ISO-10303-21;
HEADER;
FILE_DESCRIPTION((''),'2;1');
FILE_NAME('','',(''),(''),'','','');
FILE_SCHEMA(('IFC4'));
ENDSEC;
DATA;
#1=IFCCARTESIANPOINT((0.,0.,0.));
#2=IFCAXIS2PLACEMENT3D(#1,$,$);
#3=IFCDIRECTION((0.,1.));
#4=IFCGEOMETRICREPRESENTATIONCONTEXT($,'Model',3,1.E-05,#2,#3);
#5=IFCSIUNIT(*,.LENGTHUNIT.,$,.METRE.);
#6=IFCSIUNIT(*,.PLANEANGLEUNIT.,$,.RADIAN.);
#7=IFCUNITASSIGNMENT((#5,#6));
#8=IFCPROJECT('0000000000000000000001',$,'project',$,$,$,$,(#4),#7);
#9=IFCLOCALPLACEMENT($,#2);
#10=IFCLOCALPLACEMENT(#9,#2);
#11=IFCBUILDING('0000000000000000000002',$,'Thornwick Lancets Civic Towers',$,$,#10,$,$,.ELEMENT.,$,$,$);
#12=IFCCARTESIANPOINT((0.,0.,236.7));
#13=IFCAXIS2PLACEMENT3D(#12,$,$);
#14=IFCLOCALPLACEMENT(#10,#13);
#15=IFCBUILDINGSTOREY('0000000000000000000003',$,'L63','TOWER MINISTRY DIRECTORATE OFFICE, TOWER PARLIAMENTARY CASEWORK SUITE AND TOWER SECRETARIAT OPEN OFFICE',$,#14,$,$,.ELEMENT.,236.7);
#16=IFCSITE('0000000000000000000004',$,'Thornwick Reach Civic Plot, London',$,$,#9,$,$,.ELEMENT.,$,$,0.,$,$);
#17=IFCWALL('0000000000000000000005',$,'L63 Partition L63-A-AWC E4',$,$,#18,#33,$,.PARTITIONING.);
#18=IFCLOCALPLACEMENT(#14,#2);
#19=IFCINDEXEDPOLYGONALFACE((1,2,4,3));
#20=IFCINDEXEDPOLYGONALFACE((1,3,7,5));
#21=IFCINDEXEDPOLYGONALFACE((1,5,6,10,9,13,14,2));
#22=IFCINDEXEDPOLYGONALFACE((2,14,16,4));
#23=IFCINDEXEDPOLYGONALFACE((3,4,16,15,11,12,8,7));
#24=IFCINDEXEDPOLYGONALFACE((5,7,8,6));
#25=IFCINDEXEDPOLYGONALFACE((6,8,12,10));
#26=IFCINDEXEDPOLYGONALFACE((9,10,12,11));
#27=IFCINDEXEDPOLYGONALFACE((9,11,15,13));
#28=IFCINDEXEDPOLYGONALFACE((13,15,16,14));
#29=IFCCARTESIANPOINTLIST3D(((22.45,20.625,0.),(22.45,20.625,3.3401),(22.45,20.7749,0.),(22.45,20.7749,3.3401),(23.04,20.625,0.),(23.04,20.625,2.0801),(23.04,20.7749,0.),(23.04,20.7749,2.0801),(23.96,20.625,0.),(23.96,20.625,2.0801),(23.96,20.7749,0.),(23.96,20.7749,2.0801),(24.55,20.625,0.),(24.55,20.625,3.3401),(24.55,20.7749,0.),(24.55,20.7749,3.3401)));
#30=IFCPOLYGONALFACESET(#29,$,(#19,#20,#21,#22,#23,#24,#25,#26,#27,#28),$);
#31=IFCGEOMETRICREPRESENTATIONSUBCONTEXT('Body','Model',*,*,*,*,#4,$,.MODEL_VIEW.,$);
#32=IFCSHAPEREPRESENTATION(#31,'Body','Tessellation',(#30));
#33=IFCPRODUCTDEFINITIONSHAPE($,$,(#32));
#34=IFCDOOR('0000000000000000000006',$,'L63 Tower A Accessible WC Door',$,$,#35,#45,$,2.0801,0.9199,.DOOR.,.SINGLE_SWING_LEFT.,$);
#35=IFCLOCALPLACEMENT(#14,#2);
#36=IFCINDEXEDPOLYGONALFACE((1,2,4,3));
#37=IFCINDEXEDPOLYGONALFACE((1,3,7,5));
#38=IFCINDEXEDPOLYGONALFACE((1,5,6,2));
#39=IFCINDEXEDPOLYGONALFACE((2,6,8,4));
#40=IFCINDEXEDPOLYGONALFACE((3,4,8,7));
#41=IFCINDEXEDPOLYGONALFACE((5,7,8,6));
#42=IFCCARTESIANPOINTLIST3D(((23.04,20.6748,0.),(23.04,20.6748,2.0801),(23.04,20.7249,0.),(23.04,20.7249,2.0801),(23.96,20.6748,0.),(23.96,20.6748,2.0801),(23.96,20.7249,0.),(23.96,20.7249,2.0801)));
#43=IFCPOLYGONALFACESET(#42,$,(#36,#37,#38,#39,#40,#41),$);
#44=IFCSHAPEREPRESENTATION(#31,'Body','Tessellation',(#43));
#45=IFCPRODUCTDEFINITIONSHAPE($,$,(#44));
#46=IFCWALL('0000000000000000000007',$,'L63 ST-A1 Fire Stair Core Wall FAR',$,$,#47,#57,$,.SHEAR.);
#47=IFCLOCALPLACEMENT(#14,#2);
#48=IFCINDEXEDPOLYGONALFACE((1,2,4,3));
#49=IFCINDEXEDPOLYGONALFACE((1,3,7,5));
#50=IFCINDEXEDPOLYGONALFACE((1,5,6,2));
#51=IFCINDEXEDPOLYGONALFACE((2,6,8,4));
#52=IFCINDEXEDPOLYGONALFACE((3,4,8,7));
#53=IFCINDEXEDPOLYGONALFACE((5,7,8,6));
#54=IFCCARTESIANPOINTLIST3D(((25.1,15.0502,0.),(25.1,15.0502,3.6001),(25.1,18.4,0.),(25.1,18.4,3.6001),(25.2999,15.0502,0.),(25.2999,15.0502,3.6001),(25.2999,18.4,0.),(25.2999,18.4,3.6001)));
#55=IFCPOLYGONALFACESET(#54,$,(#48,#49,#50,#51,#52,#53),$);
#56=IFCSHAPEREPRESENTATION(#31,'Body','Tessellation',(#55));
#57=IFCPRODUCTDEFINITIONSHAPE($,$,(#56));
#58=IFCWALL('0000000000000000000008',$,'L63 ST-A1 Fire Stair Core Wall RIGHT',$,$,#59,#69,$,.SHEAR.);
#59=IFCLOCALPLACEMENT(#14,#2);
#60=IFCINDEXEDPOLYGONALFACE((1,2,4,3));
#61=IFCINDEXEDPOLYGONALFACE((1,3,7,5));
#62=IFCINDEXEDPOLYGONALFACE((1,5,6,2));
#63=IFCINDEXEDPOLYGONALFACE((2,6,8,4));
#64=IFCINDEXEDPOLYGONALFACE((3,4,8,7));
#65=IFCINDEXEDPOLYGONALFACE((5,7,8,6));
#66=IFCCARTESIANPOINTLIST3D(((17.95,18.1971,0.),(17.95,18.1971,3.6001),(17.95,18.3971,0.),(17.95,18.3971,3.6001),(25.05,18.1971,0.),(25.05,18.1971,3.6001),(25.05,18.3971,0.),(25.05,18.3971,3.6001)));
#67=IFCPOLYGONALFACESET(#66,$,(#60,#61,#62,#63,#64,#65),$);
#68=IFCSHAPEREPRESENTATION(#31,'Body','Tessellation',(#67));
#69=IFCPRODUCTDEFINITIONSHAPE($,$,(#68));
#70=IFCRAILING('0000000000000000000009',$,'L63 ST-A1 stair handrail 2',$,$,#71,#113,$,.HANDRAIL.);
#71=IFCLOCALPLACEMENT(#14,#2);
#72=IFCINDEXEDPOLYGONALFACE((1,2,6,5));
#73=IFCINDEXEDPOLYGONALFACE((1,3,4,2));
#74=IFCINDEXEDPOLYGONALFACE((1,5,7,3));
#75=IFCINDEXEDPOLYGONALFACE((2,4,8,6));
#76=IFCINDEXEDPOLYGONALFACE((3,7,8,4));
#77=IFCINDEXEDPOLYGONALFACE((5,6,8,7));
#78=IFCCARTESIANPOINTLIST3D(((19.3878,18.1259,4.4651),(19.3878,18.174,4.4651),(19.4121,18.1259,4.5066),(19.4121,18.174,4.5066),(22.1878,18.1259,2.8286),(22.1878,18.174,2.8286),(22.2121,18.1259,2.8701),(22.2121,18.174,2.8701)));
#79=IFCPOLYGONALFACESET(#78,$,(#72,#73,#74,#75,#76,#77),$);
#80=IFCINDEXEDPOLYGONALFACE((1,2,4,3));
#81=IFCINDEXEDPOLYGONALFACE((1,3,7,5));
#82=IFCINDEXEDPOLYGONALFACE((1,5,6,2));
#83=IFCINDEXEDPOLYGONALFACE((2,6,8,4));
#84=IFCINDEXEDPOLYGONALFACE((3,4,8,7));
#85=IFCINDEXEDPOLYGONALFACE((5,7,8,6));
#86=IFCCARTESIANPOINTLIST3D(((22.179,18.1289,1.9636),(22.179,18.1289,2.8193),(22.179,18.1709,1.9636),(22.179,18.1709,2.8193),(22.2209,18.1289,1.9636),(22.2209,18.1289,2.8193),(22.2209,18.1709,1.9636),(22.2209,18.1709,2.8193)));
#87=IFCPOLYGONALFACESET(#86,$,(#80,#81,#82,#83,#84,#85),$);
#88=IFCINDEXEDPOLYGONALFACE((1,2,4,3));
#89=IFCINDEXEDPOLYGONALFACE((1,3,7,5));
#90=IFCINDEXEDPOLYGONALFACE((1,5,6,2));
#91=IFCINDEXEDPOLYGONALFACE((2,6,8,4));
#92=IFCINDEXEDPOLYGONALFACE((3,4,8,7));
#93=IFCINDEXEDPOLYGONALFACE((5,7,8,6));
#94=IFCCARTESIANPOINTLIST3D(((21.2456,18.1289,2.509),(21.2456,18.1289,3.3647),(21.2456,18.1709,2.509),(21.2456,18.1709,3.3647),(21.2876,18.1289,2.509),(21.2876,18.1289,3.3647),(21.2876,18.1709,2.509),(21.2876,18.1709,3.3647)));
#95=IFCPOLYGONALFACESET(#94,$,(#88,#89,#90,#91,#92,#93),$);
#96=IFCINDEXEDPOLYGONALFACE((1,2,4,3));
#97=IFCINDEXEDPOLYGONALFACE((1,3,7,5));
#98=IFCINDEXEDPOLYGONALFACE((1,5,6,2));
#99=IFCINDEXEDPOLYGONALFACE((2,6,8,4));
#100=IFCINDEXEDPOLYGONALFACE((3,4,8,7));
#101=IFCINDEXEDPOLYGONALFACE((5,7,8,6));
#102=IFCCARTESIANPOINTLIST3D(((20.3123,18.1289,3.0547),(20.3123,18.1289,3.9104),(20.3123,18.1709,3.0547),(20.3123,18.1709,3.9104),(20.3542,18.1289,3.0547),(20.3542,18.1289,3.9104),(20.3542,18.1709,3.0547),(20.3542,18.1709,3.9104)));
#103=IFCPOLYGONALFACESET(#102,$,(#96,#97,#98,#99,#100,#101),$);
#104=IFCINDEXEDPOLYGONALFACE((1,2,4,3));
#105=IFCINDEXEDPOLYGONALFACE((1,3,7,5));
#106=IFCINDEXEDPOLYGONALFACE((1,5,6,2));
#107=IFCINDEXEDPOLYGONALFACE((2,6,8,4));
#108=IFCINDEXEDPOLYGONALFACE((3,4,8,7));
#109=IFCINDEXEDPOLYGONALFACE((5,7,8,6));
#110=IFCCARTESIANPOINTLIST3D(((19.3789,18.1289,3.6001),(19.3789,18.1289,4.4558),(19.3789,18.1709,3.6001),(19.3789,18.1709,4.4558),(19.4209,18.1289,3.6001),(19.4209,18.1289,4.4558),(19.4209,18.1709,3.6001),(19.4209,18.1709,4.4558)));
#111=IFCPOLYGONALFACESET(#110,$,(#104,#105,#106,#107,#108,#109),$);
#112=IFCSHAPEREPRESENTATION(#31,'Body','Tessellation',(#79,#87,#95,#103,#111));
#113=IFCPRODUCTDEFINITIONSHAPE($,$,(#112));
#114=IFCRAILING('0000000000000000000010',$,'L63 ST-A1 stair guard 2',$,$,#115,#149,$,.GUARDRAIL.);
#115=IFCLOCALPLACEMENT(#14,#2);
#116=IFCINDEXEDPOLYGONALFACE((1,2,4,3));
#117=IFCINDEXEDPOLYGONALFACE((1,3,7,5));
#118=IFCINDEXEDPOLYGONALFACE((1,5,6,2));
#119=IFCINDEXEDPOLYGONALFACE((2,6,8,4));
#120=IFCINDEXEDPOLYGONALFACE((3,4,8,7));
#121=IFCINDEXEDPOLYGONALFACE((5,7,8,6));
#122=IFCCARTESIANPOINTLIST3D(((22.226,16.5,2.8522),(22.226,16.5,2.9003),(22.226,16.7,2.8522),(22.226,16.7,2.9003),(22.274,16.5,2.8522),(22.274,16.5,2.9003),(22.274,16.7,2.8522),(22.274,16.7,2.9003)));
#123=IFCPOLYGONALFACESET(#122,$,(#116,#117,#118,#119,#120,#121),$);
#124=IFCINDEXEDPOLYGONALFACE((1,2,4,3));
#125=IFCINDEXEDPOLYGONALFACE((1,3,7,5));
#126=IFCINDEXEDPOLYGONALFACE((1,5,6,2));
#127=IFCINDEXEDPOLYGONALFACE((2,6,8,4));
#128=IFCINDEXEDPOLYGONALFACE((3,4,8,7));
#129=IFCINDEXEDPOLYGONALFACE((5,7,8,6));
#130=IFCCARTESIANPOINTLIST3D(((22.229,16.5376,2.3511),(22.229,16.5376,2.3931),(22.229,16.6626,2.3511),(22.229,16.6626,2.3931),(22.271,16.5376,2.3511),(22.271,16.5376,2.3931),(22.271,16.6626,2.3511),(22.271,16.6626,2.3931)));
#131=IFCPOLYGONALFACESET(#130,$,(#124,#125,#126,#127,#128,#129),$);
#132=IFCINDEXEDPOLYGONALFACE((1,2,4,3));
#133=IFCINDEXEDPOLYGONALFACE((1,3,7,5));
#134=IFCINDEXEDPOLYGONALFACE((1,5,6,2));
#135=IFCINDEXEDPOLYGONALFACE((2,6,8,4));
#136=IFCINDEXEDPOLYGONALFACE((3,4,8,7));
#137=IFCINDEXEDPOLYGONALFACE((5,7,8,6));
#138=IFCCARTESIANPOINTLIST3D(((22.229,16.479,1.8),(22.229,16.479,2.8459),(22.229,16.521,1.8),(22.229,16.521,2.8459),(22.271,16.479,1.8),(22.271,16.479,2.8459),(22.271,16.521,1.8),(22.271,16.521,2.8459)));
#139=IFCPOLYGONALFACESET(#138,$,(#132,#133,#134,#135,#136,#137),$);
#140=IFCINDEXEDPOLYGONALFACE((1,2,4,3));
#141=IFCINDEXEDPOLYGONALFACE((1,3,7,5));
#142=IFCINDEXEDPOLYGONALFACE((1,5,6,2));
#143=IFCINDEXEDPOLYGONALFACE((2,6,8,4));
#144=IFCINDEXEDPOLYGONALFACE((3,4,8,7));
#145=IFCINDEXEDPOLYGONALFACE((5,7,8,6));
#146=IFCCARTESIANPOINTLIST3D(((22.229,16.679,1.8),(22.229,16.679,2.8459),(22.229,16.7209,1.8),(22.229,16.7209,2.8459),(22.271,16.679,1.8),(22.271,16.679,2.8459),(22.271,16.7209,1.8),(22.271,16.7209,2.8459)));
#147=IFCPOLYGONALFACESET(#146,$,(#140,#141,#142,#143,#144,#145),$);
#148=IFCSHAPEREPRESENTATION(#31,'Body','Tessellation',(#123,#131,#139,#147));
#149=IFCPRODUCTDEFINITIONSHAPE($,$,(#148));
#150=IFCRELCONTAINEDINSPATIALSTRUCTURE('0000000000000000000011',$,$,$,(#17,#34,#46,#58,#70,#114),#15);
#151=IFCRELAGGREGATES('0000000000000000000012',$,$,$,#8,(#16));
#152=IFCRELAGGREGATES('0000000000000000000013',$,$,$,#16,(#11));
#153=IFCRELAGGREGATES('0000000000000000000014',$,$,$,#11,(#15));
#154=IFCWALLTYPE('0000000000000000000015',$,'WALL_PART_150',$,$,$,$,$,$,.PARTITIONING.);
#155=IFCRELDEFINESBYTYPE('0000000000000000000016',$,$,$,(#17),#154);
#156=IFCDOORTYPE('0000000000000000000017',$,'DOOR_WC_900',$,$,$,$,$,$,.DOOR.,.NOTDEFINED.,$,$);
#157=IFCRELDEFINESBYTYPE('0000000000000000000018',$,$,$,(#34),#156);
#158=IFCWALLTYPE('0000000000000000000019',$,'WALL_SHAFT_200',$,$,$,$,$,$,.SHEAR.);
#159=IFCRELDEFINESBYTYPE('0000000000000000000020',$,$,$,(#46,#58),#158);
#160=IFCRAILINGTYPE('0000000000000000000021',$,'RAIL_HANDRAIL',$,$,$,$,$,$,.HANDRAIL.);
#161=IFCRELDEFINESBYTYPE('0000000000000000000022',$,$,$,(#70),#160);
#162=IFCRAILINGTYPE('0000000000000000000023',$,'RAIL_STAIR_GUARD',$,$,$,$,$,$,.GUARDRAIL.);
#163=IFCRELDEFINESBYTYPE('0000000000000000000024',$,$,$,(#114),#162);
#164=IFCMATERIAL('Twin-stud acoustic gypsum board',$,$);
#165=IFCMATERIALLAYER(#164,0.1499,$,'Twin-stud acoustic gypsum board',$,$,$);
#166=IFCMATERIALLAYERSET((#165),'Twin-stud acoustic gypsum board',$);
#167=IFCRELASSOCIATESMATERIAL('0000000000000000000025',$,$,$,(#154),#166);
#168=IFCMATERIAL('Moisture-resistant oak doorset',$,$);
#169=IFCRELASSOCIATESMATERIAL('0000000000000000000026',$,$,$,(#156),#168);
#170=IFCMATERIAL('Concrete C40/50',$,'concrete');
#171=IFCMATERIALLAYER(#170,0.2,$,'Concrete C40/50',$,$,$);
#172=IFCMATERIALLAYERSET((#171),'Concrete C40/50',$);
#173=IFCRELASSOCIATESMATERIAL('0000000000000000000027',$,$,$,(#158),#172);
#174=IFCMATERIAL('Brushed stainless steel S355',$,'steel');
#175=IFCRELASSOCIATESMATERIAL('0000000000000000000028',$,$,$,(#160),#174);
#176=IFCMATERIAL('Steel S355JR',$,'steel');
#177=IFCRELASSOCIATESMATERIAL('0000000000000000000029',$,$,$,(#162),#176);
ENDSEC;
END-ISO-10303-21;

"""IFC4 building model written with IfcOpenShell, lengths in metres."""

from ifc_helpers import new_model, si_unit, direction, frame, frame_2d, origin, origin_2d, place, context, subcontext, project, spatial, rectangle, extrude, material, layer, layer_set, type_object, element, fill, save


model = new_model("IFC4")

# Units and contexts
model_context = context("Model", 3, precision=1e-05, world=origin(), true_north=direction((0.0, 1.0)))
body_context = subcontext(model_context, "Body", "Model", "MODEL_VIEW")
ifc_project = project(units=[si_unit("LENGTHUNIT", "METRE"), si_unit("PLANEANGLEUNIT", "RADIAN")], contexts=[model_context])

# Site, building, storey
site_placement = place(None, origin())
site = spatial("IfcSite", under=ifc_project, at=site_placement, Name="Thornwick Reach Civic Plot, London", CompositionType="ELEMENT", RefElevation=0.0)
building_placement = place(site_placement, origin())
building = spatial("IfcBuilding", under=site, at=building_placement, Name="Thornwick Lancets Civic Towers", CompositionType="ELEMENT")
storey_placement = place(building_placement, frame((0.0, 0.0, 236.7)))
storey = spatial("IfcBuildingStorey", under=building, at=storey_placement, Name="L63", Description="TOWER MINISTRY DIRECTORATE OFFICE, TOWER PARLIAMENTARY CASEWORK SUITE AND TOWER SECRETARIAT OPEN OFFICE", CompositionType="ELEMENT", Elevation=236.7)

# Shared definitions
ifc_material_1 = material(Name="Steel S355JR", Category="steel")

# Shared definitions
ifc_material_2 = material(Name="Concrete C40/50", Category="concrete")

# Shared definitions
ifc_material_3 = material(Name="Twin-stud acoustic gypsum board")
ifc_layer_1 = layer(ifc_material_3, 0.1499, Name="Twin-stud acoustic gypsum board")
ifc_layer_set_1 = layer_set([ifc_layer_1], Name="Twin-stud acoustic gypsum board")
wall_type_1 = type_object("IfcWallType", Name="WALL_PART_150", PredefinedType="PARTITIONING", material=ifc_layer_set_1)

# Wall, opening, door
wall_1_placement = place(storey_placement, frame((22.45, 20.7, 0.0), z_axis=(0.0, 0.0, 1.0), x_axis=(1.0, 0.0, 0.0)))
wall_1 = element("IfcWall", 1, at=wall_1_placement, inside=storey, type_object=wall_type_1, Name="L63 Partition L63-A-AWC E4", PredefinedType="PARTITIONING", context=body_context, shape_type="SweptSolid", body=[
    extrude(rectangle(XDim=2.1001, YDim=0.1499, at=frame_2d((1.05, 0.0))), origin(), (0.0, 0.0, 1.0), 3.3401),
])
opening_1_placement = place(wall_1_placement, frame((0.5901, 0.0, 0.0)))
opening_1 = element("IfcOpeningElement", 2, at=opening_1_placement, cuts=wall_1, PredefinedType="OPENING", context=body_context, shape_type="SweptSolid", body=[
    extrude(rectangle(XDim=0.9199, YDim=2.0801, at=frame_2d((0.46, 1.04))), frame((0.0, 0.085, 0.0), z_axis=(0.0, -1.0, 0.0), x_axis=(1.0, 0.0, 0.0)), (0.0, 0.0, 1.0), 0.1699),
])
ifc_material_4 = material(Name="Moisture-resistant oak doorset")
door_type_1 = type_object("IfcDoorType", Name="DOOR_WC_900", OperationType="NOTDEFINED", PredefinedType="DOOR", material=ifc_material_4)
door_1_placement = place(opening_1_placement, origin())
door_1 = element("IfcDoor", 3, at=door_1_placement, inside=storey, type_object=door_type_1, Name="L63 Tower A Accessible WC Door", OperationType="SINGLE_SWING_LEFT", OverallHeight=2.0801, OverallWidth=0.9199, PredefinedType="DOOR", context=body_context, shape_type="SweptSolid", body=[
    extrude(rectangle(XDim=0.9199, YDim=2.0801, at=frame_2d((0.46, 1.04))), frame((0.0, 0.0249, 0.0), z_axis=(0.0, -1.0, 0.0), x_axis=(1.0, 0.0, 0.0)), (0.0, 0.0, 1.0), 0.05),
])
fill(opening_1, door_1)

# Walls
ifc_layer_2 = layer(ifc_material_2, 0.2, Name="Concrete C40/50")
ifc_layer_set_2 = layer_set([ifc_layer_2], Name="Concrete C40/50")
wall_type_2 = type_object("IfcWallType", Name="WALL_SHAFT_200", PredefinedType="SHEAR", material=ifc_layer_set_2)
wall_2_placement = place(storey_placement, frame((25.2, 18.3999, 0.0), z_axis=(0.0, 0.0, 1.0), x_axis=(0.0, -1.0, 0.0)))
element("IfcWall", 4, at=wall_2_placement, inside=storey, type_object=wall_type_2, Name="L63 ST-A1 Fire Stair Core Wall FAR", PredefinedType="SHEAR", context=body_context, shape_type="SweptSolid", body=[
    extrude(rectangle(XDim=3.3499, YDim=0.2, at=frame_2d((1.6748, 0.0))), origin(), (0.0, 0.0, 1.0), 3.6001),
])
wall_3_placement = place(storey_placement, frame((25.05, 18.2971, 0.0), z_axis=(0.0, 0.0, 1.0), x_axis=(-1.0, 0.0, 0.0)))
element("IfcWall", 5, at=wall_3_placement, inside=storey, type_object=wall_type_2, Name="L63 ST-A1 Fire Stair Core Wall RIGHT", PredefinedType="SHEAR", context=body_context, shape_type="SweptSolid", body=[
    extrude(rectangle(XDim=7.1001, YDim=0.2, at=frame_2d((3.55, 0.0))), origin(), (0.0, 0.0, 1.0), 3.6001),
])

# Railings
ifc_material_5 = material(Name="Brushed stainless steel S355", Category="steel")
railing_type_1 = type_object("IfcRailingType", Name="RAIL_HANDRAIL", PredefinedType="HANDRAIL", material=ifc_material_5)
railing_1_placement = place(storey_placement, frame((22.2, 18.1499, 1.9636)))
element("IfcRailing", 6, at=railing_1_placement, inside=storey, type_object=railing_type_1, Name="L63 ST-A1 stair handrail 2", PredefinedType="HANDRAIL", context=body_context, shape_type="SweptSolid", body=[
    extrude(rectangle(XDim=0.0481, YDim=0.0481, at=origin_2d()), frame((0.0, 0.0, 0.8857), z_axis=(-0.863361, 0.0, 0.504587), x_axis=(0.0, -1.0, 0.0)), (0.0, 0.0, 1.0), 3.2432),
    extrude(rectangle(XDim=0.042, YDim=0.042, at=origin_2d()), origin(), (0.0, 0.0, 1.0), 0.8557),
    extrude(rectangle(XDim=0.042, YDim=0.042, at=origin_2d()), frame((-0.9333, 0.0, 0.5454)), (0.0, 0.0, 1.0), 0.8557),
    extrude(rectangle(XDim=0.042, YDim=0.042, at=origin_2d()), frame((-1.8667, 0.0, 1.0911)), (0.0, 0.0, 1.0), 0.8557),
    extrude(rectangle(XDim=0.042, YDim=0.042, at=origin_2d()), frame((-2.8, 0.0, 1.6365)), (0.0, 0.0, 1.0), 0.8557),
])
railing_type_2 = type_object("IfcRailingType", Name="RAIL_STAIR_GUARD", PredefinedType="GUARDRAIL", material=ifc_material_1)
railing_2_placement = place(storey_placement, frame((22.25, 16.5, 1.8)))
element("IfcRailing", 7, at=railing_2_placement, inside=storey, type_object=railing_type_2, Name="L63 ST-A1 stair guard 2", PredefinedType="GUARDRAIL", context=body_context, shape_type="SweptSolid", body=[
    extrude(rectangle(XDim=0.0481, YDim=0.0481, at=origin_2d()), frame((0.0, 0.0, 1.0762), z_axis=(0.0, 1.0, 0.0), x_axis=(-1.0, 0.0, 0.0)), (0.0, 0.0, 1.0), 0.2),
    extrude(rectangle(XDim=0.042, YDim=0.042, at=origin_2d()), frame((0.0, 0.0376, 0.572), z_axis=(0.0, 1.0, 0.0), x_axis=(-1.0, 0.0, 0.0)), (0.0, 0.0, 1.0), 0.125),
    extrude(rectangle(XDim=0.042, YDim=0.042, at=origin_2d()), origin(), (0.0, 0.0, 1.0), 1.0459),
    extrude(rectangle(XDim=0.042, YDim=0.042, at=origin_2d()), frame((0.0, 0.2, 0.0)), (0.0, 0.0, 1.0), 1.0459),
])

save(model, "model.ifc")
